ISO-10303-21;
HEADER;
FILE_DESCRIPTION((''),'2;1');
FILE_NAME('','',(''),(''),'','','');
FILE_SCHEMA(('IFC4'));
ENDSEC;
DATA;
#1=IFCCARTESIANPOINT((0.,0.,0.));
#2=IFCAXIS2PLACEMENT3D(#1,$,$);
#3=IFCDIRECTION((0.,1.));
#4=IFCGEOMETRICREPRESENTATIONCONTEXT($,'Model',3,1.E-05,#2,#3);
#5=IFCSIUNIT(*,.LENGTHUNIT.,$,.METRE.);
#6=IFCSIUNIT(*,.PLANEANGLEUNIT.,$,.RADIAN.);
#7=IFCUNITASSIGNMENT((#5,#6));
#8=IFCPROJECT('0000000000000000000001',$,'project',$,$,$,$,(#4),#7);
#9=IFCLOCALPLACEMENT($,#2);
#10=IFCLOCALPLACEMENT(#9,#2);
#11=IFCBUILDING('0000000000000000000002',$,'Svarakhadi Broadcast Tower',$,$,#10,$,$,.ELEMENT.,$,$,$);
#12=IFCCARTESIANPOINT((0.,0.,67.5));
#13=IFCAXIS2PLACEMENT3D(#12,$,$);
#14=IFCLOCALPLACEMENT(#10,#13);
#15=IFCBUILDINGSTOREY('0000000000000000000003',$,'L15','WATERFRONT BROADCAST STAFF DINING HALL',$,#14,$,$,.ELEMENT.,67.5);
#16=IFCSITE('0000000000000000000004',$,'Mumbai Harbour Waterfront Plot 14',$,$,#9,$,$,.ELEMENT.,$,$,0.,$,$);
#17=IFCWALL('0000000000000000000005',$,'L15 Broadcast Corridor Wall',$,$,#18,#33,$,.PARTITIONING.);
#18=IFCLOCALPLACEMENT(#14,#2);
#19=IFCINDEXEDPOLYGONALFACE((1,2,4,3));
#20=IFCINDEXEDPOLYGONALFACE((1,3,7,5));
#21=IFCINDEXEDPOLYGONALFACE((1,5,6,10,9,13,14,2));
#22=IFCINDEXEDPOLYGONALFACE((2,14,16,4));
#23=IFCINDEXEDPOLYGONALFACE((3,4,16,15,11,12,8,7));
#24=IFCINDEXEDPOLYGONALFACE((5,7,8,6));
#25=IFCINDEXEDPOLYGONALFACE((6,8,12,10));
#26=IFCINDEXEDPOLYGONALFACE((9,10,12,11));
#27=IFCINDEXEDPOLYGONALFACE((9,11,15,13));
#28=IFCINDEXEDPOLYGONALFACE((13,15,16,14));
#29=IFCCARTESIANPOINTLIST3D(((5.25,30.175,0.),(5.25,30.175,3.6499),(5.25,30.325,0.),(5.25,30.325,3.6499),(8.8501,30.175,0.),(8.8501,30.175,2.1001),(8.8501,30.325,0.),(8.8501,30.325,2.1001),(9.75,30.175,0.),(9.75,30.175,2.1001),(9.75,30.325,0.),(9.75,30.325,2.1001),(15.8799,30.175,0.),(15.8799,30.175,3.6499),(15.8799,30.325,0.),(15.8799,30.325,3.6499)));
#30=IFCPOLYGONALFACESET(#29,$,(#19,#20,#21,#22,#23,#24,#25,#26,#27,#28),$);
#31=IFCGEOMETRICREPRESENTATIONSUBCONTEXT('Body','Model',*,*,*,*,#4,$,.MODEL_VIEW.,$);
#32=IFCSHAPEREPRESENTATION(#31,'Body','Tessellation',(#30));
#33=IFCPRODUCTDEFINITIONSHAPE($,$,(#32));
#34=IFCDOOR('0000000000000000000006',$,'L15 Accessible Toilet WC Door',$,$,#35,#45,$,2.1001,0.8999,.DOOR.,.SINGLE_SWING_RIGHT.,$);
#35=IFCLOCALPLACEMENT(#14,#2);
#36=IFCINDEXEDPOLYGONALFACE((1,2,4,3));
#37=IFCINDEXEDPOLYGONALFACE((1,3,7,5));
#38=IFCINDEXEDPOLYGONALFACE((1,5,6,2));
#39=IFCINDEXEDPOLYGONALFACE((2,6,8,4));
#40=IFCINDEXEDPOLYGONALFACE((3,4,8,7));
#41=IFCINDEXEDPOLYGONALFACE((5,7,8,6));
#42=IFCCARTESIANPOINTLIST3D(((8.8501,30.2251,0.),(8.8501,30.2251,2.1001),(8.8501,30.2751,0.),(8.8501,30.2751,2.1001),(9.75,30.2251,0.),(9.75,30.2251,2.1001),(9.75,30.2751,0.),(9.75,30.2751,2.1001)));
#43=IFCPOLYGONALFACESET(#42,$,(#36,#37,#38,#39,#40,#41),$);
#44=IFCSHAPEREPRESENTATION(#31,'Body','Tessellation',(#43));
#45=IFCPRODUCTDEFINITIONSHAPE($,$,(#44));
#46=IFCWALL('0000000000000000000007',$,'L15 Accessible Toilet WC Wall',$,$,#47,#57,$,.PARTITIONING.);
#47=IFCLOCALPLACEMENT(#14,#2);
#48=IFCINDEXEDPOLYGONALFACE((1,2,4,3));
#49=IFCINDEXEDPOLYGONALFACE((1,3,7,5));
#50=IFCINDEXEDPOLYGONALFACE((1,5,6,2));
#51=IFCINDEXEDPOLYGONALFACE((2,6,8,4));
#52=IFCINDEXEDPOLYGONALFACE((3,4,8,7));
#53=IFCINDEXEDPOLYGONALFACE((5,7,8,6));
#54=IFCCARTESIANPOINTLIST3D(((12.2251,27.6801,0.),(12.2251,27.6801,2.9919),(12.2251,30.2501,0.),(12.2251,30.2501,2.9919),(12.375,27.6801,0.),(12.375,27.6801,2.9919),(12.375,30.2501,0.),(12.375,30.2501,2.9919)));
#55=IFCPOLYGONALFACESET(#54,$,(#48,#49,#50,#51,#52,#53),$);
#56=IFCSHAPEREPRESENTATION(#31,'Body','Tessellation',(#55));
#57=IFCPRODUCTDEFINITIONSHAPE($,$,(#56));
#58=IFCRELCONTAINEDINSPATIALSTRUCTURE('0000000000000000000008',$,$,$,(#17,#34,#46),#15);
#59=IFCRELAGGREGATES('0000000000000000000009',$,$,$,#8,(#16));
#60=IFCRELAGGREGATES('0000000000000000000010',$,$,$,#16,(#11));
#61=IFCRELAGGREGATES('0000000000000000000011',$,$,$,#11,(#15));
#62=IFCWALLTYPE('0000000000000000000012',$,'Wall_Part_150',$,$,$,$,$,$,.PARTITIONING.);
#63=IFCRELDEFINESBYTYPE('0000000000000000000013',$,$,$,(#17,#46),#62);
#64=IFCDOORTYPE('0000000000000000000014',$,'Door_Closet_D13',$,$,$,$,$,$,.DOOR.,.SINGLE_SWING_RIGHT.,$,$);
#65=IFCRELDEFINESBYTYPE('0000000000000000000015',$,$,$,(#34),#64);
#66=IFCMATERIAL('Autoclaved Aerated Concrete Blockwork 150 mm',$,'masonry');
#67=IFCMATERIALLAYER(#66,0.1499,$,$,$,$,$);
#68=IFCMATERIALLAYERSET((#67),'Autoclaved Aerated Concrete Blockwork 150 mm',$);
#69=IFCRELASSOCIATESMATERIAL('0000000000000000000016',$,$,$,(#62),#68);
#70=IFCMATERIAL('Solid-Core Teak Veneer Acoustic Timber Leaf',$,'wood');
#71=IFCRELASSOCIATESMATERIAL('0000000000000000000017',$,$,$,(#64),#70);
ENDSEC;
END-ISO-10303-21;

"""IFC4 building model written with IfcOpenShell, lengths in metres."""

from ifc_helpers import new_model, si_unit, direction, frame, frame_2d, origin, place, context, subcontext, project, spatial, rectangle, extrude, material, layer, layer_set, type_object, element, fill, save


model = new_model("IFC4")

# Units and contexts
model_context = context("Model", 3, precision=1e-05, world=origin(), true_north=direction((0.0, 1.0)))
body_context = subcontext(model_context, "Body", "Model", "MODEL_VIEW")
ifc_project = project(units=[si_unit("LENGTHUNIT", "METRE"), si_unit("PLANEANGLEUNIT", "RADIAN")], contexts=[model_context])

# Site, building, storey
site_placement = place(None, origin())
site = spatial("IfcSite", under=ifc_project, at=site_placement, Name="Mumbai Harbour Waterfront Plot 14", CompositionType="ELEMENT", RefElevation=0.0)
building_placement = place(site_placement, origin())
building = spatial("IfcBuilding", under=site, at=building_placement, Name="Svarakhadi Broadcast Tower", CompositionType="ELEMENT")
storey_placement = place(building_placement, frame((0.0, 0.0, 67.5)))
storey = spatial("IfcBuildingStorey", under=building, at=storey_placement, Name="L15", Description="WATERFRONT BROADCAST STAFF DINING HALL", CompositionType="ELEMENT", Elevation=67.5)

# Shared definitions
ifc_material_1 = material(Name="Autoclaved Aerated Concrete Blockwork 150 mm", Category="masonry")
ifc_layer = layer(ifc_material_1, 0.1499)
ifc_layer_set = layer_set([ifc_layer], Name="Autoclaved Aerated Concrete Blockwork 150 mm")
wall_type = type_object("IfcWallType", Name="Wall_Part_150", PredefinedType="PARTITIONING", material=ifc_layer_set)

# Shared definitions
ifc_material_2 = material(Name="Solid-Core Teak Veneer Acoustic Timber Leaf", Category="wood")

# Wall, opening, door
wall_1_placement = place(storey_placement, frame((15.8799, 30.25, 0.0), z_axis=(0.0, 0.0, 1.0), x_axis=(-1.0, 0.0, 0.0)))
wall_1 = element("IfcWall", 1, at=wall_1_placement, inside=storey, type_object=wall_type, Name="L15 Broadcast Corridor Wall", PredefinedType="PARTITIONING", context=body_context, shape_type="SweptSolid", body=[
    extrude(rectangle(XDim=10.6299, YDim=0.1499, at=frame_2d((5.3149, 0.0))), origin(), (0.0, 0.0, 1.0), 3.6499),
])
opening_1_placement = place(wall_1_placement, frame((6.1299, 0.0, 0.0)))
opening_1 = element("IfcOpeningElement", 2, at=opening_1_placement, cuts=wall_1, PredefinedType="OPENING", context=body_context, shape_type="SweptSolid", body=[
    extrude(rectangle(XDim=0.8999, YDim=2.1001, at=frame_2d((0.45, 1.05))), frame((0.0, 0.085, 0.0), z_axis=(0.0, -1.0, 0.0), x_axis=(1.0, 0.0, 0.0)), (0.0, 0.0, 1.0), 0.1699),
])
door_type_1 = type_object("IfcDoorType", Name="Door_Closet_D13", OperationType="SINGLE_SWING_RIGHT", PredefinedType="DOOR", material=ifc_material_2)
door_1_placement = place(opening_1_placement, origin())
door_1 = element("IfcDoor", 3, at=door_1_placement, inside=storey, type_object=door_type_1, Name="L15 Accessible Toilet WC Door", OperationType="SINGLE_SWING_RIGHT", OverallHeight=2.1001, OverallWidth=0.8999, PredefinedType="DOOR", context=body_context, shape_type="SweptSolid", body=[
    extrude(rectangle(XDim=0.8999, YDim=2.1001, at=frame_2d((0.45, 1.05))), frame((0.0, 0.0249, 0.0), z_axis=(0.0, -1.0, 0.0), x_axis=(1.0, 0.0, 0.0)), (0.0, 0.0, 1.0), 0.05),
])
fill(opening_1, door_1)

# Wall
wall_2_placement = place(storey_placement, frame((12.3, 27.6799, 0.0), z_axis=(0.0, 0.0, 1.0), x_axis=(0.0, 1.0, 0.0)))
element("IfcWall", 4, at=wall_2_placement, inside=storey, type_object=wall_type, Name="L15 Accessible Toilet WC Wall", PredefinedType="PARTITIONING", context=body_context, shape_type="SweptSolid", body=[
    extrude(rectangle(XDim=2.5701, YDim=0.1499, at=frame_2d((1.2852, 0.0))), origin(), (0.0, 0.0, 1.0), 2.9919),
])

save(model, "model.ifc")
